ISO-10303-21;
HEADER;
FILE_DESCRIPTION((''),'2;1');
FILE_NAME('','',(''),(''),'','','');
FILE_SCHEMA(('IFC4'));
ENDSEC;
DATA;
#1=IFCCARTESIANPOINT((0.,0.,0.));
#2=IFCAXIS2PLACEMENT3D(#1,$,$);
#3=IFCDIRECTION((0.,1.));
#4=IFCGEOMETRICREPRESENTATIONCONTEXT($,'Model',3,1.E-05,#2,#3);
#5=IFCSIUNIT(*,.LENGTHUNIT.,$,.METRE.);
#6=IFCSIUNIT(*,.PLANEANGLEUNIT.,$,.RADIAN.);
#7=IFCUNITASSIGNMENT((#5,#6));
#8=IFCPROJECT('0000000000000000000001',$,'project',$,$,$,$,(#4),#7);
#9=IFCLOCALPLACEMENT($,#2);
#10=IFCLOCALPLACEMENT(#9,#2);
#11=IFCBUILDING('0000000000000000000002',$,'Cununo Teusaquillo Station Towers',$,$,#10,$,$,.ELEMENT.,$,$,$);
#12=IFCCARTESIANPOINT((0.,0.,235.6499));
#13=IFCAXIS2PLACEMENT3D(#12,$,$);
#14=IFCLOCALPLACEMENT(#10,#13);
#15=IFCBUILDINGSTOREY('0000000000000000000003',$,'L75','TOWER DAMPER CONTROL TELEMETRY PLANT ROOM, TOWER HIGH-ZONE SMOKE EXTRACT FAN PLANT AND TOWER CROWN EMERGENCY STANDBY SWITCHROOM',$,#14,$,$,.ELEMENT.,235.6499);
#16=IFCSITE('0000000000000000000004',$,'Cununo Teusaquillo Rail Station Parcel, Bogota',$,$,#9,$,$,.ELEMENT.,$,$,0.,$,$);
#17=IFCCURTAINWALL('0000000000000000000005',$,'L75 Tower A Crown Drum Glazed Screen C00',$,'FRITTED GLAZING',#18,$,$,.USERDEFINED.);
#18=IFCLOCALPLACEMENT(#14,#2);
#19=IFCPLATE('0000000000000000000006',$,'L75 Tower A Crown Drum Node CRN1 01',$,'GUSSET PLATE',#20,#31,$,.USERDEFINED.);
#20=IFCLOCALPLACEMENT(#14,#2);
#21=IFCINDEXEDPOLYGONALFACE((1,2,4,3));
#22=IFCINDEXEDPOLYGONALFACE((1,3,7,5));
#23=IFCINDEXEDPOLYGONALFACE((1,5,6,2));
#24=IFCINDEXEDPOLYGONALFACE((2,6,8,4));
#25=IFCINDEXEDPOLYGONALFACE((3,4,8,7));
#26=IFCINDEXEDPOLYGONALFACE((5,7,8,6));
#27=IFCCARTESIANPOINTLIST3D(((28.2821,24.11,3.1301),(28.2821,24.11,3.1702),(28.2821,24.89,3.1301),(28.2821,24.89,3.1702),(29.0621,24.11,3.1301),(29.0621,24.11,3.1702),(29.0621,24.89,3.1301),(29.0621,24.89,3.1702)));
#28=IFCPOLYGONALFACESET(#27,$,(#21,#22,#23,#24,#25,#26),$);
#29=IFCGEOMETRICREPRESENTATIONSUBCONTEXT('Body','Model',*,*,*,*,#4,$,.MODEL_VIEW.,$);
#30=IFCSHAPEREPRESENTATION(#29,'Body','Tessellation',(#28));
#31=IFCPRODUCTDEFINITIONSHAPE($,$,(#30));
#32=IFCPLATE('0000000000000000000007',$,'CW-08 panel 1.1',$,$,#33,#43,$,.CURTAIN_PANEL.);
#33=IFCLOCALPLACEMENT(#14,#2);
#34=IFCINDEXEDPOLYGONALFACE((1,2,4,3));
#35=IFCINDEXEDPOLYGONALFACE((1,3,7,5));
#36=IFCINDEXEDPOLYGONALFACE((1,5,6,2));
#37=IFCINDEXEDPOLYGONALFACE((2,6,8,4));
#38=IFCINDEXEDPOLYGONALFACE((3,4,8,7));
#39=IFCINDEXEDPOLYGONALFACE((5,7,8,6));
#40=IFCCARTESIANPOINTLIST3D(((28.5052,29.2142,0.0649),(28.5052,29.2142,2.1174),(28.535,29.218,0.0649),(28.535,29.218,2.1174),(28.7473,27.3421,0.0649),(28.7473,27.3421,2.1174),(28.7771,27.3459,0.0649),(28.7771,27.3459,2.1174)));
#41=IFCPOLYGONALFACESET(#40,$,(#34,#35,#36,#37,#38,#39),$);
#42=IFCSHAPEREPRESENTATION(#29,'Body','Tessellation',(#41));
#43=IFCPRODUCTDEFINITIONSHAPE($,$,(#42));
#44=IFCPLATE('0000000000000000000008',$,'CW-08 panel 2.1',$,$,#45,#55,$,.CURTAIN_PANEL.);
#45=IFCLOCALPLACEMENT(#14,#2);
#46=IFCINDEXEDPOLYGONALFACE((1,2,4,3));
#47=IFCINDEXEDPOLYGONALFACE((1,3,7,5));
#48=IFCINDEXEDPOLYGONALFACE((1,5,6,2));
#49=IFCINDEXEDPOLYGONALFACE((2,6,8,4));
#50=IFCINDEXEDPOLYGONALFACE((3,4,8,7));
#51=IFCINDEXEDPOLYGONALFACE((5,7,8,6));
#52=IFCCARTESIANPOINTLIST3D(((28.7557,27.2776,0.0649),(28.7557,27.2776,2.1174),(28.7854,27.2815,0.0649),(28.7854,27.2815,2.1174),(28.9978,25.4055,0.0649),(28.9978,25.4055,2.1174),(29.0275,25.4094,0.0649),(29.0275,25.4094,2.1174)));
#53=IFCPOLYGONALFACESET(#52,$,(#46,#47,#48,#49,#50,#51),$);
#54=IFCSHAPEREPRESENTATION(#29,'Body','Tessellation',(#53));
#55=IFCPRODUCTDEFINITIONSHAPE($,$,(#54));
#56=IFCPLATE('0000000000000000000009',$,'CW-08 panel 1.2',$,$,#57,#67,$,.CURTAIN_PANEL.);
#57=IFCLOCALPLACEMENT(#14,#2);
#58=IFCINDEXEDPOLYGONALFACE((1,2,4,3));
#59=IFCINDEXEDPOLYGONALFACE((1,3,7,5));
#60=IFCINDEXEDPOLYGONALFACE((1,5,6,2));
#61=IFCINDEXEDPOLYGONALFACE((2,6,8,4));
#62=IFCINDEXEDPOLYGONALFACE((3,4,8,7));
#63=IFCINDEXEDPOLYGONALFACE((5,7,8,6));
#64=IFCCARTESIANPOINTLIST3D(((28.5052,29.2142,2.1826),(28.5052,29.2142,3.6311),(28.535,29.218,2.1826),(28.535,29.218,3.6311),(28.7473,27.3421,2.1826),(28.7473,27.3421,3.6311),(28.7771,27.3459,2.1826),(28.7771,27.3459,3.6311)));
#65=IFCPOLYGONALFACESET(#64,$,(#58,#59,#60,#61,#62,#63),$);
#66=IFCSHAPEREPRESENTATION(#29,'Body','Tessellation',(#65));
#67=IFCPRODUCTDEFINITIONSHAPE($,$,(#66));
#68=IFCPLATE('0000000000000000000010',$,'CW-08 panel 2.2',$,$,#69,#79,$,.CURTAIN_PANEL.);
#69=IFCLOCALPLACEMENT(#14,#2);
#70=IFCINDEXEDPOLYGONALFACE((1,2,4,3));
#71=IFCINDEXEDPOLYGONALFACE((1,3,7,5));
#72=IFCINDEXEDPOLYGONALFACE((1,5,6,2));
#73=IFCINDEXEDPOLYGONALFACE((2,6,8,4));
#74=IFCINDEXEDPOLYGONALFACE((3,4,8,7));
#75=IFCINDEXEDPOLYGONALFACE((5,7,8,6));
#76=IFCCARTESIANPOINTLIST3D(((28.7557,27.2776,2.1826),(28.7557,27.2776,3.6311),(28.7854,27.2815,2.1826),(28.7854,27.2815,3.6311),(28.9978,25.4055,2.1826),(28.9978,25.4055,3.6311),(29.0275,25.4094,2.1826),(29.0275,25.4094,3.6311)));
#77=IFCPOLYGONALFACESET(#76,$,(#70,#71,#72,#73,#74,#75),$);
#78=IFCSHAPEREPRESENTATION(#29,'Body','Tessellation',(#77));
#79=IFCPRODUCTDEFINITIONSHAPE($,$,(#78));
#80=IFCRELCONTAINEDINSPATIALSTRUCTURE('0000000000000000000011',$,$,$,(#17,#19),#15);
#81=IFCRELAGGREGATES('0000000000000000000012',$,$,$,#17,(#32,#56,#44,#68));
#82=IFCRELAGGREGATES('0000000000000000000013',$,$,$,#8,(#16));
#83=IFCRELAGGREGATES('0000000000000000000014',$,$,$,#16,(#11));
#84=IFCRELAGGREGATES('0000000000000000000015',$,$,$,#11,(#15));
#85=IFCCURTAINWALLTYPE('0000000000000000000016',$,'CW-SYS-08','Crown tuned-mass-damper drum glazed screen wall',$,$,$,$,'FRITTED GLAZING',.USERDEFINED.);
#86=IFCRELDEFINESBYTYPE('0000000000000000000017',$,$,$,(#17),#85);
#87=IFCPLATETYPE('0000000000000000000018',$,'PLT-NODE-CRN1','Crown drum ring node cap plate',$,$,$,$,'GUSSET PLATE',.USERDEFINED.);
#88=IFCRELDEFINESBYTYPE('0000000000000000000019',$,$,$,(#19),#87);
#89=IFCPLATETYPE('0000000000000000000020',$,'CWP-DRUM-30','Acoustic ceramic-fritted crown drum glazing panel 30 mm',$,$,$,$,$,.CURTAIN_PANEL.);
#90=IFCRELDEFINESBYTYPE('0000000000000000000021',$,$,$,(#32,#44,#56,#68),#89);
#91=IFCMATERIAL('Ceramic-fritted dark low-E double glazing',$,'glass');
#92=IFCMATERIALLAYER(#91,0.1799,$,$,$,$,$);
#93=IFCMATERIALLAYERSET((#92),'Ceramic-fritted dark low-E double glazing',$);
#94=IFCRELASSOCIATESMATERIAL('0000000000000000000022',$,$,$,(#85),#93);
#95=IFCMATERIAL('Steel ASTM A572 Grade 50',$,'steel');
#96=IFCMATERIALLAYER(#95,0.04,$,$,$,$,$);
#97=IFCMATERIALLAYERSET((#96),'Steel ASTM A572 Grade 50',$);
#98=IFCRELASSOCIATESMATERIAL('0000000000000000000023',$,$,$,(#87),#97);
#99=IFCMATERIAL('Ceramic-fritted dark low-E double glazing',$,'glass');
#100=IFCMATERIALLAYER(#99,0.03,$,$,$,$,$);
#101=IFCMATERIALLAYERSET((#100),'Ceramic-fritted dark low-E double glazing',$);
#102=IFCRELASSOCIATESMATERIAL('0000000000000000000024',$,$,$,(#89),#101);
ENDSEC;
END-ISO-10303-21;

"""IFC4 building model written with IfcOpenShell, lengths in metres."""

from ifc_helpers import new_model, si_unit, direction, frame, origin, origin_2d, place, context, subcontext, project, spatial, rectangle, extrude, source, transform, mapped, material, layer, layer_set, type_object, element, aggregate, save


model = new_model("IFC4")

# Units and contexts
model_context = context("Model", 3, precision=1e-05, world=origin(), true_north=direction((0.0, 1.0)))
body_context = subcontext(model_context, "Body", "Model", "MODEL_VIEW")
ifc_project = project(units=[si_unit("LENGTHUNIT", "METRE"), si_unit("PLANEANGLEUNIT", "RADIAN")], contexts=[model_context])

# Site, building, storey
site_placement = place(None, origin())
site = spatial("IfcSite", under=ifc_project, at=site_placement, Name="Cununo Teusaquillo Rail Station Parcel, Bogota", CompositionType="ELEMENT", RefElevation=0.0)
building_placement = place(site_placement, origin())
building = spatial("IfcBuilding", under=site, at=building_placement, Name="Cununo Teusaquillo Station Towers", CompositionType="ELEMENT")
storey_placement = place(building_placement, frame((0.0, 0.0, 235.6499)))
storey = spatial("IfcBuildingStorey", under=building, at=storey_placement, Name="L75", Description="TOWER DAMPER CONTROL TELEMETRY PLANT ROOM, TOWER HIGH-ZONE SMOKE EXTRACT FAN PLANT AND TOWER CROWN EMERGENCY STANDBY SWITCHROOM", CompositionType="ELEMENT", Elevation=235.6499)

# Curtain wall
ifc_material_1 = material(Name="Ceramic-fritted dark low-E double glazing", Category="glass")
ifc_layer_1 = layer(ifc_material_1, 0.1799)
ifc_layer_set_1 = layer_set([ifc_layer_1], Name="Ceramic-fritted dark low-E double glazing")
curtain_wall_type = type_object("IfcCurtainWallType", Name="CW-SYS-08", Description="Crown tuned-mass-damper drum glazed screen wall", ElementType="FRITTED GLAZING", PredefinedType="USERDEFINED", material=ifc_layer_set_1)
curtain_wall_placement = place(storey_placement, origin())
curtain_wall = element("IfcCurtainWall", 1, at=curtain_wall_placement, inside=storey, type_object=curtain_wall_type, Name="L75 Tower A Crown Drum Glazed Screen C00", ObjectType="FRITTED GLAZING", PredefinedType="USERDEFINED")

# Plates
ifc_material_2 = material(Name="Steel ASTM A572 Grade 50", Category="steel")
ifc_layer_2 = layer(ifc_material_2, 0.04)
ifc_layer_set_2 = layer_set([ifc_layer_2], Name="Steel ASTM A572 Grade 50")
plate_type_1 = type_object("IfcPlateType", Name="PLT-NODE-CRN1", Description="Crown drum ring node cap plate", ElementType="GUSSET PLATE", PredefinedType="USERDEFINED", material=ifc_layer_set_2)
shared_shape_1 = source(origin(), body_context, "Body", "SweptSolid", [
    extrude(rectangle(XDim=0.78, YDim=0.78, at=origin_2d()), origin(), (0.0, 0.0, 1.0), 0.04),
])
plate_1_placement = place(storey_placement, frame((28.6721, 24.5, 3.1301), z_axis=(0.0, 0.0, 1.0), x_axis=(1.0, 0.0, 0.0)))
element("IfcPlate", 2, at=plate_1_placement, inside=storey, type_object=plate_type_1, Name="L75 Tower A Crown Drum Node CRN1 01", ObjectType="GUSSET PLATE", PredefinedType="USERDEFINED", context=body_context, shape_type="MappedRepresentation", body=[
    mapped(shared_shape_1, transform((0.0, 0.0, 0.0), x_axis=(1.0, 0.0, 0.0), y_axis=(0.0, 1.0, 0.0), z_axis=(0.0, 0.0, 1.0), scale=1.0)),
])
ifc_material_3 = material(Name="Ceramic-fritted dark low-E double glazing", Category="glass")
ifc_layer_3 = layer(ifc_material_3, 0.03)
ifc_layer_set_3 = layer_set([ifc_layer_3], Name="Ceramic-fritted dark low-E double glazing")
plate_type_2 = type_object("IfcPlateType", Name="CWP-DRUM-30", Description="Acoustic ceramic-fritted crown drum glazing panel 30 mm", PredefinedType="CURTAIN_PANEL", material=ifc_layer_set_3)
shared_shape_2 = source(origin(), body_context, "Body", "SweptSolid", [
    extrude(rectangle(XDim=1.8877, YDim=0.03, at=origin_2d()), origin(), (0.0, 0.0, 1.0), 2.0525),
])
plate_2_placement = place(storey_placement, frame((28.6411, 28.28, 0.0649), z_axis=(0.0, 0.0, 1.0), x_axis=(0.128253, -0.991742, 0.0)))
plate_2 = element("IfcPlate", 3, at=plate_2_placement, type_object=plate_type_2, Name="CW-08 panel 1.1", PredefinedType="CURTAIN_PANEL", context=body_context, shape_type="MappedRepresentation", body=[
    mapped(shared_shape_2, transform((0.0, 0.0, 0.0), x_axis=(1.0, 0.0, 0.0), y_axis=(0.0, 1.0, 0.0), z_axis=(0.0, 0.0, 1.0), scale=1.0)),
])
plate_3_placement = place(storey_placement, frame((28.8916, 26.3435, 0.0649), z_axis=(0.0, 0.0, 1.0), x_axis=(0.128253, -0.991742, 0.0)))
plate_3 = element("IfcPlate", 4, at=plate_3_placement, type_object=plate_type_2, Name="CW-08 panel 2.1", PredefinedType="CURTAIN_PANEL", context=body_context, shape_type="MappedRepresentation", body=[
    mapped(shared_shape_2, transform((0.0, 0.0, 0.0), x_axis=(1.0, 0.0, 0.0), y_axis=(0.0, 1.0, 0.0), z_axis=(0.0, 0.0, 1.0), scale=1.0)),
])
shared_shape_3 = source(origin(), body_context, "Body", "SweptSolid", [
    extrude(rectangle(XDim=1.8877, YDim=0.03, at=origin_2d()), origin(), (0.0, 0.0, 1.0), 1.4485),
])
plate_4_placement = place(storey_placement, frame((28.6411, 28.28, 2.1826), z_axis=(0.0, 0.0, 1.0), x_axis=(0.128253, -0.991742, 0.0)))
plate_4 = element("IfcPlate", 5, at=plate_4_placement, type_object=plate_type_2, Name="CW-08 panel 1.2", PredefinedType="CURTAIN_PANEL", context=body_context, shape_type="MappedRepresentation", body=[
    mapped(shared_shape_3, transform((0.0, 0.0, 0.0), x_axis=(1.0, 0.0, 0.0), y_axis=(0.0, 1.0, 0.0), z_axis=(0.0, 0.0, 1.0), scale=1.0)),
])
plate_5_placement = place(storey_placement, frame((28.8916, 26.3435, 2.1826), z_axis=(0.0, 0.0, 1.0), x_axis=(0.128253, -0.991742, 0.0)))
plate_5 = element("IfcPlate", 6, at=plate_5_placement, type_object=plate_type_2, Name="CW-08 panel 2.2", PredefinedType="CURTAIN_PANEL", context=body_context, shape_type="MappedRepresentation", body=[
    mapped(shared_shape_3, transform((0.0, 0.0, 0.0), x_axis=(1.0, 0.0, 0.0), y_axis=(0.0, 1.0, 0.0), z_axis=(0.0, 0.0, 1.0), scale=1.0)),
])
aggregate(curtain_wall, [plate_2, plate_4, plate_3, plate_5])

save(model, "model.ifc")
